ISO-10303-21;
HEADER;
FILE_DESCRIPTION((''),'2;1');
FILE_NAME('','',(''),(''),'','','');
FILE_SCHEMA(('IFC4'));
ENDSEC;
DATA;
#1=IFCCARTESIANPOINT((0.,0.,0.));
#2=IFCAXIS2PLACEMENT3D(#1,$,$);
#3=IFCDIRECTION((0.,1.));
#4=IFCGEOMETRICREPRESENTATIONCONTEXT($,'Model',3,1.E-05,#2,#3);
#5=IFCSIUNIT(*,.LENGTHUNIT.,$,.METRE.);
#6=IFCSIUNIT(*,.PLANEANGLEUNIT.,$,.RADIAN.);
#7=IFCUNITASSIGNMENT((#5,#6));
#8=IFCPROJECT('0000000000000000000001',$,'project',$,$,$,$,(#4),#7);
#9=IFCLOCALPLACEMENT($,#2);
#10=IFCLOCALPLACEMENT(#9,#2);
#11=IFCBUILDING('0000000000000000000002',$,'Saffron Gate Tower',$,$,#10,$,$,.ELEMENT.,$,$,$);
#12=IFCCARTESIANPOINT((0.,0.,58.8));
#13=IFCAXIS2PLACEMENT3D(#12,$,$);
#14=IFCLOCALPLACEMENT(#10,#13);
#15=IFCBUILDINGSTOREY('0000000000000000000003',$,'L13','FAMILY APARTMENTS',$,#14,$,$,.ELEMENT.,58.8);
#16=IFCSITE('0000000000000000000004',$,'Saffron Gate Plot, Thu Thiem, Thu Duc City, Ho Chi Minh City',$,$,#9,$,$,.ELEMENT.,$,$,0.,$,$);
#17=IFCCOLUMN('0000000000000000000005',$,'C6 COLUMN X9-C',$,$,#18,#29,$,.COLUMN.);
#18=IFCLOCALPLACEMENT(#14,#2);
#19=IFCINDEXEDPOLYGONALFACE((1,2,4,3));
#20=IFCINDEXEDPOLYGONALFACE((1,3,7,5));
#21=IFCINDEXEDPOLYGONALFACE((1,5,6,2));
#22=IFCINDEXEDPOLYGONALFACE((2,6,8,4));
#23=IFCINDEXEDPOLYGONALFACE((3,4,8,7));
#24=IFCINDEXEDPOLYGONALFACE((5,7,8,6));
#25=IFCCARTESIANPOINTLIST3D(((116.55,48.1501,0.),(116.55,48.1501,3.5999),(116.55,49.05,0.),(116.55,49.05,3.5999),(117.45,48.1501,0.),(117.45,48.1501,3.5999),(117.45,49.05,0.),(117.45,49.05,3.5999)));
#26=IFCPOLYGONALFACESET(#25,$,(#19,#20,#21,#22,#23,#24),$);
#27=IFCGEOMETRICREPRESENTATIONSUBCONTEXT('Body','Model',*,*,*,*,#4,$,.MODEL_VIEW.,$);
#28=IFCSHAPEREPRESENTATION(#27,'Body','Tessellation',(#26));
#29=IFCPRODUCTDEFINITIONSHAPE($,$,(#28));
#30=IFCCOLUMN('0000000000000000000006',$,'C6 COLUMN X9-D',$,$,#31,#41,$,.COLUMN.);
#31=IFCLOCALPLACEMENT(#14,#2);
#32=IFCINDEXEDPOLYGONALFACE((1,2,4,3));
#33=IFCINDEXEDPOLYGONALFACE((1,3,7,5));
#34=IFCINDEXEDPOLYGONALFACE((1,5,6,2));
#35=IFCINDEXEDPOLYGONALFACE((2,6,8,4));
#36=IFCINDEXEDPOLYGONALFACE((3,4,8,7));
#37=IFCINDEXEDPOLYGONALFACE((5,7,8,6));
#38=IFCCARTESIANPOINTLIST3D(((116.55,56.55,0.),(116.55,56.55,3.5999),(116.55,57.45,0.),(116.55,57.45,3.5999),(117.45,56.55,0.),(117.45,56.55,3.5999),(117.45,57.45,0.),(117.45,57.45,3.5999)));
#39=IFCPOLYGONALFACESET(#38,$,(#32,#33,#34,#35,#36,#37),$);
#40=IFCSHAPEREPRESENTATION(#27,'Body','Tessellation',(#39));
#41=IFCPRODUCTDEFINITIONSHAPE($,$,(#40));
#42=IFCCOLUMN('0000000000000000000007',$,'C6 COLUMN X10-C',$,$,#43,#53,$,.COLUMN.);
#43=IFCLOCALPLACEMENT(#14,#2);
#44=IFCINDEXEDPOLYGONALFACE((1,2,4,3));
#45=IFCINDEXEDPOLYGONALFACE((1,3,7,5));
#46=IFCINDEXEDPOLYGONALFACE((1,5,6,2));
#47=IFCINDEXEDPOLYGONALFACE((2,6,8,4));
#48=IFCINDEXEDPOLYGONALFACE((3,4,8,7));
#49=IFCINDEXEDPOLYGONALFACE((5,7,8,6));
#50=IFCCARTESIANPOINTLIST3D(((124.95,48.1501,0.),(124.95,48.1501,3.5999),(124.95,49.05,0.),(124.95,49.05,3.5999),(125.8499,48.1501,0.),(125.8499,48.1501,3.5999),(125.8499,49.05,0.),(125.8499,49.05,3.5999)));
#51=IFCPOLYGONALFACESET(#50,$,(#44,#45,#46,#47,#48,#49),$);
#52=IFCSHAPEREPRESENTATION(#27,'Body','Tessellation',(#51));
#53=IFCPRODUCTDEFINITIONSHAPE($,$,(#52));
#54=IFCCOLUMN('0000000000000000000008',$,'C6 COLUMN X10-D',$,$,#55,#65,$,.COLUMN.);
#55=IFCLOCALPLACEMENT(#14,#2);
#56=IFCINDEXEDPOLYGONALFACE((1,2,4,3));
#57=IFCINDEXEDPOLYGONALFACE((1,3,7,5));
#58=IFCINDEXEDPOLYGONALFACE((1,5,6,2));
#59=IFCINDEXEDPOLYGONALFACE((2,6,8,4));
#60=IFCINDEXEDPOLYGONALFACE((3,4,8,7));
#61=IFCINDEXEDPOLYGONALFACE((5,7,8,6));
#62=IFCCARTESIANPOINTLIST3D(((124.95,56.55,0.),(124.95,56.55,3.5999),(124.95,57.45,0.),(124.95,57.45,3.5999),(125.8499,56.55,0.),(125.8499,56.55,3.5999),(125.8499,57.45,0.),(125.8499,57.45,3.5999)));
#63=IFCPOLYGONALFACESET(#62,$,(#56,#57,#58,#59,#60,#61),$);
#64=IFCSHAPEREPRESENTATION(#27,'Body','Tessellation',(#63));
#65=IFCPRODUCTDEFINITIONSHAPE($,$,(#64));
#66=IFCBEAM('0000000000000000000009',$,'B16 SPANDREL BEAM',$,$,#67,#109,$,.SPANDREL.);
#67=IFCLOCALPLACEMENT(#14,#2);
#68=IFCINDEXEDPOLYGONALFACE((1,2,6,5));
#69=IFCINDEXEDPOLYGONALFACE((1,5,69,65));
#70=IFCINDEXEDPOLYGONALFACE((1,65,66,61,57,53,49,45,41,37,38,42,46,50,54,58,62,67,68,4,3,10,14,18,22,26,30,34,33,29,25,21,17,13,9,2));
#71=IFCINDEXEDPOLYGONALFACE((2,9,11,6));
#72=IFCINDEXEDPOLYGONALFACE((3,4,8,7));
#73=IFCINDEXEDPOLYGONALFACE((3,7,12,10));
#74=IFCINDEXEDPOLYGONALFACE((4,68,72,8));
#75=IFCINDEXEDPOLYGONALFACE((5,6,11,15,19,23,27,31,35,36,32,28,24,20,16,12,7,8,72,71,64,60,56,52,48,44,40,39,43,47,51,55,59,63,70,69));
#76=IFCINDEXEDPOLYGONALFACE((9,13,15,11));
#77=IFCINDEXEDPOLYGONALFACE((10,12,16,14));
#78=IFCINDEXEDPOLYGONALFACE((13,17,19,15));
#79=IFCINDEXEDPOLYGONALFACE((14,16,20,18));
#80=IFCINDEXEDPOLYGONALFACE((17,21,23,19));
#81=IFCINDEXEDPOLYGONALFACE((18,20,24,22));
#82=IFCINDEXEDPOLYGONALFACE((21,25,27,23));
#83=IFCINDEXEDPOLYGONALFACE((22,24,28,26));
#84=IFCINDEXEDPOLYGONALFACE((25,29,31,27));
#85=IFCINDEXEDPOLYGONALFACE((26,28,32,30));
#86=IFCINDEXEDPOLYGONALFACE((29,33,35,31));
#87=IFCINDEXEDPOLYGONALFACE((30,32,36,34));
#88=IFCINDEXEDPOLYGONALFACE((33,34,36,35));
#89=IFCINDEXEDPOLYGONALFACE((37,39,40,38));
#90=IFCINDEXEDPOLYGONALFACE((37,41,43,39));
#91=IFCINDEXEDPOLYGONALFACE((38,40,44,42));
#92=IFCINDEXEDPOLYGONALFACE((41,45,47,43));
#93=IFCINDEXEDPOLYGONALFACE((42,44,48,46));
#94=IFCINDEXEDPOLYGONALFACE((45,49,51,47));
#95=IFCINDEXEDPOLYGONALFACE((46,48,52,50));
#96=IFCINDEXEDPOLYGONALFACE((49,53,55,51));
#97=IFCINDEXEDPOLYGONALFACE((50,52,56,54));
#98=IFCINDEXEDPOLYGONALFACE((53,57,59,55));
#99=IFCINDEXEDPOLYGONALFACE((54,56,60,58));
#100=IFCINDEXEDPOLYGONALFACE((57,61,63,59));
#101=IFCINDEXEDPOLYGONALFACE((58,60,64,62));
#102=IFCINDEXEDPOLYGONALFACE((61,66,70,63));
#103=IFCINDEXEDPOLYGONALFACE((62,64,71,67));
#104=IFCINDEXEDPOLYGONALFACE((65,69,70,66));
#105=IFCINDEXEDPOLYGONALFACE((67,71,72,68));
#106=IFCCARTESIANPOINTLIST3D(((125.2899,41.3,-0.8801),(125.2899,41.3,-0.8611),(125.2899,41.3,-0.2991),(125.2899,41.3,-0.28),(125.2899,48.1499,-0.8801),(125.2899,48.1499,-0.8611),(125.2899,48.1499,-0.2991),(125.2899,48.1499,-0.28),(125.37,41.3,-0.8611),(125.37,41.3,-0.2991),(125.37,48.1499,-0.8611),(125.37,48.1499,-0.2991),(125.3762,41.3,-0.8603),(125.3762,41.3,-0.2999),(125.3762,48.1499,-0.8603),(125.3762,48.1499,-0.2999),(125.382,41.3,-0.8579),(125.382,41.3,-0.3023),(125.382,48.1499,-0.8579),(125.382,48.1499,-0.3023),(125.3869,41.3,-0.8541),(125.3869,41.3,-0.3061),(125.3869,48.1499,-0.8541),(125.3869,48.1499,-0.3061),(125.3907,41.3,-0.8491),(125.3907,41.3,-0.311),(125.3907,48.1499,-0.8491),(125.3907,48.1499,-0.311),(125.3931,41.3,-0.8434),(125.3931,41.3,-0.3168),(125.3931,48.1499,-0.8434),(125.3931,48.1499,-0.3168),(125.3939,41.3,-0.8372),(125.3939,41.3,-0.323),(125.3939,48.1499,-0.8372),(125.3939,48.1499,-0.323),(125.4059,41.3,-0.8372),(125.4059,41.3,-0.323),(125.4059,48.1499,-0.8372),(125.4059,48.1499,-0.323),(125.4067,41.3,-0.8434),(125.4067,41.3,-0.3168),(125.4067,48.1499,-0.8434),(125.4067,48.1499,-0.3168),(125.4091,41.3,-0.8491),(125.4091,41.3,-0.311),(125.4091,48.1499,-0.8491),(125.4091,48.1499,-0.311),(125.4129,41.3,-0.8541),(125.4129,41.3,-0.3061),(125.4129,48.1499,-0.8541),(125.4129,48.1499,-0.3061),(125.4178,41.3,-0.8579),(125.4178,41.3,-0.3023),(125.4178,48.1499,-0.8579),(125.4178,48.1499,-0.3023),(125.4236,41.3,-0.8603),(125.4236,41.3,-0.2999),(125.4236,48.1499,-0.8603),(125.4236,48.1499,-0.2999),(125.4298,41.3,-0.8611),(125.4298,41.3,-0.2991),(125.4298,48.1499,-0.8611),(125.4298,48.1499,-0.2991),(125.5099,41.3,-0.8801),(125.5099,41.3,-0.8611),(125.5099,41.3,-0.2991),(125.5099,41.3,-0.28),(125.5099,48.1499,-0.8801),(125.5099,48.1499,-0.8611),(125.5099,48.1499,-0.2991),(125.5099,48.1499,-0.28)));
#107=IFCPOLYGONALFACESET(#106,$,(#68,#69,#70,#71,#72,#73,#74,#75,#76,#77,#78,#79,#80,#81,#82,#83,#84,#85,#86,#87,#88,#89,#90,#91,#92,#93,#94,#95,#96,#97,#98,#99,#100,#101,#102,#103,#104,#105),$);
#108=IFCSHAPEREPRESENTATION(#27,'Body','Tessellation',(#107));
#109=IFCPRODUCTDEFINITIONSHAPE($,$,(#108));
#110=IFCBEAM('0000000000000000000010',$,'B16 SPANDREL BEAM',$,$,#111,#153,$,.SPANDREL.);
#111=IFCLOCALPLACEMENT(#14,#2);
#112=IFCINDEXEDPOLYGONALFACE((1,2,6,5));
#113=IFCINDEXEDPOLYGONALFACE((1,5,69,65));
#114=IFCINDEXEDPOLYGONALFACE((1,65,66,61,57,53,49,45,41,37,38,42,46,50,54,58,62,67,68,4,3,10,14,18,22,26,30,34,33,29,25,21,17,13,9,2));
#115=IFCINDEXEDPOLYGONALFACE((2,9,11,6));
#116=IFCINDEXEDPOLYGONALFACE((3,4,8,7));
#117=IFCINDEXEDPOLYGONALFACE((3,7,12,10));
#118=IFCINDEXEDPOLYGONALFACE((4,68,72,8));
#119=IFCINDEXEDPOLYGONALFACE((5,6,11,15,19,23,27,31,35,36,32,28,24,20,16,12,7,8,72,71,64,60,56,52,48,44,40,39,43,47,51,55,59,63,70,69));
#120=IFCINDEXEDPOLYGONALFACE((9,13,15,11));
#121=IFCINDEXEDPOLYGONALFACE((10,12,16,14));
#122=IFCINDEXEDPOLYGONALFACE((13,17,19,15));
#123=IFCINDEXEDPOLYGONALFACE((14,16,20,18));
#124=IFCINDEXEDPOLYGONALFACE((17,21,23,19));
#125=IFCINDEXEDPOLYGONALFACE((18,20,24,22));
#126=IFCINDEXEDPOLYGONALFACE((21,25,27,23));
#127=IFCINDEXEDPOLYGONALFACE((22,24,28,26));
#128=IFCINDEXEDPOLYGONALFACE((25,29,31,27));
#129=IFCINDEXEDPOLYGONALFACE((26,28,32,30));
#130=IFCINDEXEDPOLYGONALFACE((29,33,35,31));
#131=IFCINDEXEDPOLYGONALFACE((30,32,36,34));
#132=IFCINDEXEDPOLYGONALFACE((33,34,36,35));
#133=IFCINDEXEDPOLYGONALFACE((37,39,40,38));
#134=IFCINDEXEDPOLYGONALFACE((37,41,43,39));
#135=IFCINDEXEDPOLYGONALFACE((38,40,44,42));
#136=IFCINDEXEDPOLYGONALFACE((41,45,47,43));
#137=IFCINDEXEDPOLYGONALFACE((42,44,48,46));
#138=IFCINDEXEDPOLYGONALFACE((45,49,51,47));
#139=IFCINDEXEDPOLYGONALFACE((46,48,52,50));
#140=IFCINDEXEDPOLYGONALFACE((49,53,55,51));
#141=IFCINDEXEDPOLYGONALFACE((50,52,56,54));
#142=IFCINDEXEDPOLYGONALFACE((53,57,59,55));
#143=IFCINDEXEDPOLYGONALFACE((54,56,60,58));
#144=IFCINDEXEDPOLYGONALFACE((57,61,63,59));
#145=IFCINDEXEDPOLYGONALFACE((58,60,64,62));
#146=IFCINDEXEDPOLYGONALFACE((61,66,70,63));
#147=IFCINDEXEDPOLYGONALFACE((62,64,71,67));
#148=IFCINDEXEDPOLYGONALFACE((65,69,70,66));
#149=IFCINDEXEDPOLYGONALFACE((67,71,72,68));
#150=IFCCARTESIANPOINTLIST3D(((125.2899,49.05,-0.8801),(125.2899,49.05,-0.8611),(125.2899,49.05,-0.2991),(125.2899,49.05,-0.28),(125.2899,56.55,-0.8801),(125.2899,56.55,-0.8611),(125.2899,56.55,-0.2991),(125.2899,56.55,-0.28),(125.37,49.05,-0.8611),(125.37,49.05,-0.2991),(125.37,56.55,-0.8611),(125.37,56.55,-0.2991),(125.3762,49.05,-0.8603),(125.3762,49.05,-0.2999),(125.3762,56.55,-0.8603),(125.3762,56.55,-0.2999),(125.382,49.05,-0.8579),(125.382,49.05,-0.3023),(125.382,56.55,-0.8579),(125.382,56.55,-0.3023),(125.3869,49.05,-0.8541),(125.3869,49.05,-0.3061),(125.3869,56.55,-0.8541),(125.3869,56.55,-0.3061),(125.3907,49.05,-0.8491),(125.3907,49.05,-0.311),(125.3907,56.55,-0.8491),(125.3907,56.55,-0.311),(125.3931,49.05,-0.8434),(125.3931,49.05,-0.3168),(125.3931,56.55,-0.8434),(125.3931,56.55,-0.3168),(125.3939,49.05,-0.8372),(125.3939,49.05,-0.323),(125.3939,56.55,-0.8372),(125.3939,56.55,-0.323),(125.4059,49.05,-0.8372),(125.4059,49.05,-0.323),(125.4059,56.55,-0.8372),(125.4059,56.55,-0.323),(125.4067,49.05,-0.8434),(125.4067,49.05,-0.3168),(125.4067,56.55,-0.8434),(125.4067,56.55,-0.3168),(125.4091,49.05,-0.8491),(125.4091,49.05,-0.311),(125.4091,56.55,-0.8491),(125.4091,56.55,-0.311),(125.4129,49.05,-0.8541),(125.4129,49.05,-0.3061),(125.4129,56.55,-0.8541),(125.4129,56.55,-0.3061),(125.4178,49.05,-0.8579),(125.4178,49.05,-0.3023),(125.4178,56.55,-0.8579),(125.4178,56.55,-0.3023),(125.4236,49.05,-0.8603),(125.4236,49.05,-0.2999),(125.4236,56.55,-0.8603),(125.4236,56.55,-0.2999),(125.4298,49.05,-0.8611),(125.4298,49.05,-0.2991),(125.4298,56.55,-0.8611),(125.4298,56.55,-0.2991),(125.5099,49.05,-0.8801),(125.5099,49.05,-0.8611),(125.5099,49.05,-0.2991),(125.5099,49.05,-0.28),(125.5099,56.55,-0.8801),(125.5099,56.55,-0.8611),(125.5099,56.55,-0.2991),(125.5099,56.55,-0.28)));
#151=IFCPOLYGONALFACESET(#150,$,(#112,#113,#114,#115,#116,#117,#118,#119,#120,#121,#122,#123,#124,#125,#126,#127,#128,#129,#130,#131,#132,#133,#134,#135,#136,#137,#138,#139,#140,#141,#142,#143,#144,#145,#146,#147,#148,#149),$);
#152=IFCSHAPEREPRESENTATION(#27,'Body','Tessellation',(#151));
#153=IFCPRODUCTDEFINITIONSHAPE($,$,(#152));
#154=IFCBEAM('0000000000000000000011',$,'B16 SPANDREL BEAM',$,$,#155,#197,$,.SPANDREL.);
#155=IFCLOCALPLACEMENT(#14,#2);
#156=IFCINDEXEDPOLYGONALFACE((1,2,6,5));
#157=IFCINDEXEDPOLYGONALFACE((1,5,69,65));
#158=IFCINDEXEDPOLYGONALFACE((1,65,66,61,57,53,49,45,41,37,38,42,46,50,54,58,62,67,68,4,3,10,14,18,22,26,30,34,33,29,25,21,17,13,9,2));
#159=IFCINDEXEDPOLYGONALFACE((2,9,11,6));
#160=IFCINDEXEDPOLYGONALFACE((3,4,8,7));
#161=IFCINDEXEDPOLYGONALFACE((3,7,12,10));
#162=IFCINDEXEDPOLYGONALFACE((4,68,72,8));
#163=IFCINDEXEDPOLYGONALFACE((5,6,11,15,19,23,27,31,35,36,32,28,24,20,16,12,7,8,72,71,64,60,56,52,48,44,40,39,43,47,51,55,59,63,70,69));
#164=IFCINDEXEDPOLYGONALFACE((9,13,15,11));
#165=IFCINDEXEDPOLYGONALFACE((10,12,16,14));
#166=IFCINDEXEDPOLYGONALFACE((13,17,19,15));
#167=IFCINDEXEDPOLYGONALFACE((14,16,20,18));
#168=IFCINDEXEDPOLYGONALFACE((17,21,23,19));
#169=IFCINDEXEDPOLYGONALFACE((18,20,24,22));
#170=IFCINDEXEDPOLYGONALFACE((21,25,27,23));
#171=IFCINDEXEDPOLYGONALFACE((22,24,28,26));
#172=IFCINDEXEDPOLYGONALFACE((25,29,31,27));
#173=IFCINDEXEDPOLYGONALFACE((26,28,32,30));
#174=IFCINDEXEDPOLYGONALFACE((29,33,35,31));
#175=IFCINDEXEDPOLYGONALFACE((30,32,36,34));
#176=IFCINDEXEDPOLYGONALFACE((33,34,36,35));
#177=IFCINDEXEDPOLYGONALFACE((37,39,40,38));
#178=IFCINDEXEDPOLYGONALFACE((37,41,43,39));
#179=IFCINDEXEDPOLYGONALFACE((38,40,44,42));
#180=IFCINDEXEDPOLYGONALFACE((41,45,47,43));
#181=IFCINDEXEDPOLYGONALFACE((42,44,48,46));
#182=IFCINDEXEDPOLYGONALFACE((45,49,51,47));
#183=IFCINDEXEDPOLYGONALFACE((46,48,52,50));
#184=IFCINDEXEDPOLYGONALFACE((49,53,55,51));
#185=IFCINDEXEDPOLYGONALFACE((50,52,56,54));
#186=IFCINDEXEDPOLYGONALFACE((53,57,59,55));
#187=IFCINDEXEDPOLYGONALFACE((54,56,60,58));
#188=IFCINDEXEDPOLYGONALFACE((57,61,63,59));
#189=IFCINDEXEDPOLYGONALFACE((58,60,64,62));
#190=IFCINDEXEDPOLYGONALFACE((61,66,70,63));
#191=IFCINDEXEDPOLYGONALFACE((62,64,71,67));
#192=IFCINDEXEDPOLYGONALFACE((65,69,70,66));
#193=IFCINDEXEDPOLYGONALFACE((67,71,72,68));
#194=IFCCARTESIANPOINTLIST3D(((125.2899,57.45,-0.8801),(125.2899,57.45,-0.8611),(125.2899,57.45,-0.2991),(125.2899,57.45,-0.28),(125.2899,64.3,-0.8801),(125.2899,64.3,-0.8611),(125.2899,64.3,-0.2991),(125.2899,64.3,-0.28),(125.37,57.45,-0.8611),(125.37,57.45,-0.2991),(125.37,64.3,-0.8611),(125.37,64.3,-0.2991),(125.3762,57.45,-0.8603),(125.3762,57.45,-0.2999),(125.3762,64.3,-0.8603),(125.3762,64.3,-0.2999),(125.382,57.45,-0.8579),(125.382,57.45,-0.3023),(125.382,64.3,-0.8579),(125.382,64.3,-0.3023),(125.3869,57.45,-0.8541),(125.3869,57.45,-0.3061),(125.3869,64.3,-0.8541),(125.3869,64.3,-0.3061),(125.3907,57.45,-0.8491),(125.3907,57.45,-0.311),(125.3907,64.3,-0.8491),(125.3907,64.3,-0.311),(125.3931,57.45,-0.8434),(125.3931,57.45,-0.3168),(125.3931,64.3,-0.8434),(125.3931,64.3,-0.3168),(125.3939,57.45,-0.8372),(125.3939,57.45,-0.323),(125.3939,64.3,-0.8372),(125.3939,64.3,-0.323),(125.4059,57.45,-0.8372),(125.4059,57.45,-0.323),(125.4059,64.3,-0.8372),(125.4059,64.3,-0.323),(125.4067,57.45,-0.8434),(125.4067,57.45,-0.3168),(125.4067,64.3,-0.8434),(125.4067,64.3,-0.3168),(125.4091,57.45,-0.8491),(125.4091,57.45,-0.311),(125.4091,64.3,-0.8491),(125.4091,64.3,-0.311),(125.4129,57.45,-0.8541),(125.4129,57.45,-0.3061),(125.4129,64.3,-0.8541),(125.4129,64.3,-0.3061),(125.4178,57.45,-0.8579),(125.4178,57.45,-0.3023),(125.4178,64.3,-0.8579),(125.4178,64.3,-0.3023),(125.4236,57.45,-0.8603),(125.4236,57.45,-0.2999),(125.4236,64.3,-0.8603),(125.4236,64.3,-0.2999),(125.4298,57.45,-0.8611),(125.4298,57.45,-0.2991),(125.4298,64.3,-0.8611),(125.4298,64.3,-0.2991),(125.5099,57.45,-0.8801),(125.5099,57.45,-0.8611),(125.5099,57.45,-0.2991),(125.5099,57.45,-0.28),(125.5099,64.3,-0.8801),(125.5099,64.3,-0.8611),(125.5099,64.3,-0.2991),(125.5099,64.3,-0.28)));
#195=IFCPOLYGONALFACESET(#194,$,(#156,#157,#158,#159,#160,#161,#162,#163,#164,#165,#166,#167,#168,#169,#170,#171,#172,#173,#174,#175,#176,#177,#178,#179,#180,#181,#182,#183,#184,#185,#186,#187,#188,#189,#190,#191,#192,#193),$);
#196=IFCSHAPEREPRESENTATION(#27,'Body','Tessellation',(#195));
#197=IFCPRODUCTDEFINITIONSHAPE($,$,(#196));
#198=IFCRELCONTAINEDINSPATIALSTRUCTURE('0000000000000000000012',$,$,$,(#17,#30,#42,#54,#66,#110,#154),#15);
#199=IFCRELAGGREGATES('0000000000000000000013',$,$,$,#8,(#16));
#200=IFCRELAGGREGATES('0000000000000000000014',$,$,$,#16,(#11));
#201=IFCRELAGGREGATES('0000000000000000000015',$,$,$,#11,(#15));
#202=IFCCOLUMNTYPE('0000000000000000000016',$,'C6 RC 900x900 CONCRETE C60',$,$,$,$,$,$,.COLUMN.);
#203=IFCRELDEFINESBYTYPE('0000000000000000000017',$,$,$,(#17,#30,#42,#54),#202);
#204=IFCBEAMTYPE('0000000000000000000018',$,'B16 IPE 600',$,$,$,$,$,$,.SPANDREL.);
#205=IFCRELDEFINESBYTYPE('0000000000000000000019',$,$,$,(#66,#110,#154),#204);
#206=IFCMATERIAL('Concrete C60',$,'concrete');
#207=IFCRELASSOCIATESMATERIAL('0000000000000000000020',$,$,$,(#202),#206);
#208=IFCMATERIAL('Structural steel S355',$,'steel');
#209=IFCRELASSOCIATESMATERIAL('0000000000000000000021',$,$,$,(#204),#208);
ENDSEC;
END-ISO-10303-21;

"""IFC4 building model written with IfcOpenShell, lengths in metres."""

from ifc_helpers import new_model, si_unit, direction, frame, origin, origin_2d, place, context, subcontext, project, spatial, rectangle, i_section, extrude, material, material_profile, profile_set, type_object, element, save


model = new_model("IFC4")

# Units and contexts
model_context = context("Model", 3, precision=1e-05, world=origin(), true_north=direction((0.0, 1.0)))
body_context = subcontext(model_context, "Body", "Model", "MODEL_VIEW")
ifc_project = project(units=[si_unit("LENGTHUNIT", "METRE"), si_unit("PLANEANGLEUNIT", "RADIAN")], contexts=[model_context])

# Site, building, storey
site_placement = place(None, origin())
site = spatial("IfcSite", under=ifc_project, at=site_placement, Name="Saffron Gate Plot, Thu Thiem, Thu Duc City, Ho Chi Minh City", CompositionType="ELEMENT", RefElevation=0.0)
building_placement = place(site_placement, origin())
building = spatial("IfcBuilding", under=site, at=building_placement, Name="Saffron Gate Tower", CompositionType="ELEMENT")
storey_placement = place(building_placement, frame((0.0, 0.0, 58.8)))
storey = spatial("IfcBuildingStorey", under=building, at=storey_placement, Name="L13", Description="FAMILY APARTMENTS", CompositionType="ELEMENT", Elevation=58.8)

# Columns
ifc_material_1 = material(Name="Concrete C60", Category="concrete")
ifc_material_profile_1 = material_profile(ifc_material_1, rectangle(XDim=0.8999, YDim=0.8999, at=origin_2d()))
ifc_profile_set_1 = profile_set([ifc_material_profile_1], Name="Concrete C60")
column_type = type_object("IfcColumnType", Name="C6 RC 900x900 CONCRETE C60", PredefinedType="COLUMN", material=ifc_profile_set_1)
for number, where, z_axis, x_axis, name in (
    (1, (117.0, 48.6001, 0.0), (0.0, 0.0, 1.0), (1.0, 0.0, 0.0), "C6 COLUMN X9-C"),
    (2, (117.0, 57.0, 0.0), (0.0, 0.0, 1.0), (1.0, 0.0, 0.0), "C6 COLUMN X9-D"),
    (3, (125.3999, 48.6001, 0.0), (0.0, 0.0, 1.0), (1.0, 0.0, 0.0), "C6 COLUMN X10-C"),
    (4, (125.3999, 57.0, 0.0), (0.0, 0.0, 1.0), (1.0, 0.0, 0.0), "C6 COLUMN X10-D"),
):
    element("IfcColumn", number, at=place(storey_placement, frame(where, z_axis=z_axis, x_axis=x_axis)), inside=storey, type_object=column_type, Name=name, PredefinedType="COLUMN", context=body_context, shape_type="SweptSolid", body=[
        extrude(rectangle(XDim=0.8999, YDim=0.8999, at=origin_2d()), origin(), (0.0, 0.0, 1.0), 3.5999),
    ])

# Beams
ifc_material_2 = material(Name="Structural steel S355", Category="steel")
ifc_material_profile_2 = material_profile(ifc_material_2, i_section(OverallWidth=0.22, OverallDepth=0.6001, WebThickness=0.012, FlangeThickness=0.019, FilletRadius=0.0239, at=origin_2d()))
ifc_profile_set_2 = profile_set([ifc_material_profile_2], Name="Structural steel S355")
beam_type = type_object("IfcBeamType", Name="B16 IPE 600", PredefinedType="SPANDREL", material=ifc_profile_set_2)
beam_1_placement = place(storey_placement, frame((125.3999, 41.3, -0.5801), z_axis=(0.0, 1.0, 0.0), x_axis=(-1.0, 0.0, 0.0)))
element("IfcBeam", 5, at=beam_1_placement, inside=storey, type_object=beam_type, Name="B16 SPANDREL BEAM", PredefinedType="SPANDREL", context=body_context, shape_type="SweptSolid", body=[
    extrude(i_section(OverallWidth=0.22, OverallDepth=0.6001, WebThickness=0.012, FlangeThickness=0.019, FilletRadius=0.0239, at=origin_2d()), origin(), (0.0, 0.0, 1.0), 6.8499),
])
beam_2_placement = place(storey_placement, frame((125.3999, 49.05, -0.5801), z_axis=(0.0, 1.0, 0.0), x_axis=(-1.0, 0.0, 0.0)))
element("IfcBeam", 6, at=beam_2_placement, inside=storey, type_object=beam_type, Name="B16 SPANDREL BEAM", PredefinedType="SPANDREL", context=body_context, shape_type="SweptSolid", body=[
    extrude(i_section(OverallWidth=0.22, OverallDepth=0.6001, WebThickness=0.012, FlangeThickness=0.019, FilletRadius=0.0239, at=origin_2d()), origin(), (0.0, 0.0, 1.0), 7.5),
])
beam_3_placement = place(storey_placement, frame((125.3999, 57.45, -0.5801), z_axis=(0.0, 1.0, 0.0), x_axis=(-1.0, 0.0, 0.0)))
element("IfcBeam", 7, at=beam_3_placement, inside=storey, type_object=beam_type, Name="B16 SPANDREL BEAM", PredefinedType="SPANDREL", context=body_context, shape_type="SweptSolid", body=[
    extrude(i_section(OverallWidth=0.22, OverallDepth=0.6001, WebThickness=0.012, FlangeThickness=0.019, FilletRadius=0.0239, at=origin_2d()), origin(), (0.0, 0.0, 1.0), 6.8501),
])

save(model, "model.ifc")
